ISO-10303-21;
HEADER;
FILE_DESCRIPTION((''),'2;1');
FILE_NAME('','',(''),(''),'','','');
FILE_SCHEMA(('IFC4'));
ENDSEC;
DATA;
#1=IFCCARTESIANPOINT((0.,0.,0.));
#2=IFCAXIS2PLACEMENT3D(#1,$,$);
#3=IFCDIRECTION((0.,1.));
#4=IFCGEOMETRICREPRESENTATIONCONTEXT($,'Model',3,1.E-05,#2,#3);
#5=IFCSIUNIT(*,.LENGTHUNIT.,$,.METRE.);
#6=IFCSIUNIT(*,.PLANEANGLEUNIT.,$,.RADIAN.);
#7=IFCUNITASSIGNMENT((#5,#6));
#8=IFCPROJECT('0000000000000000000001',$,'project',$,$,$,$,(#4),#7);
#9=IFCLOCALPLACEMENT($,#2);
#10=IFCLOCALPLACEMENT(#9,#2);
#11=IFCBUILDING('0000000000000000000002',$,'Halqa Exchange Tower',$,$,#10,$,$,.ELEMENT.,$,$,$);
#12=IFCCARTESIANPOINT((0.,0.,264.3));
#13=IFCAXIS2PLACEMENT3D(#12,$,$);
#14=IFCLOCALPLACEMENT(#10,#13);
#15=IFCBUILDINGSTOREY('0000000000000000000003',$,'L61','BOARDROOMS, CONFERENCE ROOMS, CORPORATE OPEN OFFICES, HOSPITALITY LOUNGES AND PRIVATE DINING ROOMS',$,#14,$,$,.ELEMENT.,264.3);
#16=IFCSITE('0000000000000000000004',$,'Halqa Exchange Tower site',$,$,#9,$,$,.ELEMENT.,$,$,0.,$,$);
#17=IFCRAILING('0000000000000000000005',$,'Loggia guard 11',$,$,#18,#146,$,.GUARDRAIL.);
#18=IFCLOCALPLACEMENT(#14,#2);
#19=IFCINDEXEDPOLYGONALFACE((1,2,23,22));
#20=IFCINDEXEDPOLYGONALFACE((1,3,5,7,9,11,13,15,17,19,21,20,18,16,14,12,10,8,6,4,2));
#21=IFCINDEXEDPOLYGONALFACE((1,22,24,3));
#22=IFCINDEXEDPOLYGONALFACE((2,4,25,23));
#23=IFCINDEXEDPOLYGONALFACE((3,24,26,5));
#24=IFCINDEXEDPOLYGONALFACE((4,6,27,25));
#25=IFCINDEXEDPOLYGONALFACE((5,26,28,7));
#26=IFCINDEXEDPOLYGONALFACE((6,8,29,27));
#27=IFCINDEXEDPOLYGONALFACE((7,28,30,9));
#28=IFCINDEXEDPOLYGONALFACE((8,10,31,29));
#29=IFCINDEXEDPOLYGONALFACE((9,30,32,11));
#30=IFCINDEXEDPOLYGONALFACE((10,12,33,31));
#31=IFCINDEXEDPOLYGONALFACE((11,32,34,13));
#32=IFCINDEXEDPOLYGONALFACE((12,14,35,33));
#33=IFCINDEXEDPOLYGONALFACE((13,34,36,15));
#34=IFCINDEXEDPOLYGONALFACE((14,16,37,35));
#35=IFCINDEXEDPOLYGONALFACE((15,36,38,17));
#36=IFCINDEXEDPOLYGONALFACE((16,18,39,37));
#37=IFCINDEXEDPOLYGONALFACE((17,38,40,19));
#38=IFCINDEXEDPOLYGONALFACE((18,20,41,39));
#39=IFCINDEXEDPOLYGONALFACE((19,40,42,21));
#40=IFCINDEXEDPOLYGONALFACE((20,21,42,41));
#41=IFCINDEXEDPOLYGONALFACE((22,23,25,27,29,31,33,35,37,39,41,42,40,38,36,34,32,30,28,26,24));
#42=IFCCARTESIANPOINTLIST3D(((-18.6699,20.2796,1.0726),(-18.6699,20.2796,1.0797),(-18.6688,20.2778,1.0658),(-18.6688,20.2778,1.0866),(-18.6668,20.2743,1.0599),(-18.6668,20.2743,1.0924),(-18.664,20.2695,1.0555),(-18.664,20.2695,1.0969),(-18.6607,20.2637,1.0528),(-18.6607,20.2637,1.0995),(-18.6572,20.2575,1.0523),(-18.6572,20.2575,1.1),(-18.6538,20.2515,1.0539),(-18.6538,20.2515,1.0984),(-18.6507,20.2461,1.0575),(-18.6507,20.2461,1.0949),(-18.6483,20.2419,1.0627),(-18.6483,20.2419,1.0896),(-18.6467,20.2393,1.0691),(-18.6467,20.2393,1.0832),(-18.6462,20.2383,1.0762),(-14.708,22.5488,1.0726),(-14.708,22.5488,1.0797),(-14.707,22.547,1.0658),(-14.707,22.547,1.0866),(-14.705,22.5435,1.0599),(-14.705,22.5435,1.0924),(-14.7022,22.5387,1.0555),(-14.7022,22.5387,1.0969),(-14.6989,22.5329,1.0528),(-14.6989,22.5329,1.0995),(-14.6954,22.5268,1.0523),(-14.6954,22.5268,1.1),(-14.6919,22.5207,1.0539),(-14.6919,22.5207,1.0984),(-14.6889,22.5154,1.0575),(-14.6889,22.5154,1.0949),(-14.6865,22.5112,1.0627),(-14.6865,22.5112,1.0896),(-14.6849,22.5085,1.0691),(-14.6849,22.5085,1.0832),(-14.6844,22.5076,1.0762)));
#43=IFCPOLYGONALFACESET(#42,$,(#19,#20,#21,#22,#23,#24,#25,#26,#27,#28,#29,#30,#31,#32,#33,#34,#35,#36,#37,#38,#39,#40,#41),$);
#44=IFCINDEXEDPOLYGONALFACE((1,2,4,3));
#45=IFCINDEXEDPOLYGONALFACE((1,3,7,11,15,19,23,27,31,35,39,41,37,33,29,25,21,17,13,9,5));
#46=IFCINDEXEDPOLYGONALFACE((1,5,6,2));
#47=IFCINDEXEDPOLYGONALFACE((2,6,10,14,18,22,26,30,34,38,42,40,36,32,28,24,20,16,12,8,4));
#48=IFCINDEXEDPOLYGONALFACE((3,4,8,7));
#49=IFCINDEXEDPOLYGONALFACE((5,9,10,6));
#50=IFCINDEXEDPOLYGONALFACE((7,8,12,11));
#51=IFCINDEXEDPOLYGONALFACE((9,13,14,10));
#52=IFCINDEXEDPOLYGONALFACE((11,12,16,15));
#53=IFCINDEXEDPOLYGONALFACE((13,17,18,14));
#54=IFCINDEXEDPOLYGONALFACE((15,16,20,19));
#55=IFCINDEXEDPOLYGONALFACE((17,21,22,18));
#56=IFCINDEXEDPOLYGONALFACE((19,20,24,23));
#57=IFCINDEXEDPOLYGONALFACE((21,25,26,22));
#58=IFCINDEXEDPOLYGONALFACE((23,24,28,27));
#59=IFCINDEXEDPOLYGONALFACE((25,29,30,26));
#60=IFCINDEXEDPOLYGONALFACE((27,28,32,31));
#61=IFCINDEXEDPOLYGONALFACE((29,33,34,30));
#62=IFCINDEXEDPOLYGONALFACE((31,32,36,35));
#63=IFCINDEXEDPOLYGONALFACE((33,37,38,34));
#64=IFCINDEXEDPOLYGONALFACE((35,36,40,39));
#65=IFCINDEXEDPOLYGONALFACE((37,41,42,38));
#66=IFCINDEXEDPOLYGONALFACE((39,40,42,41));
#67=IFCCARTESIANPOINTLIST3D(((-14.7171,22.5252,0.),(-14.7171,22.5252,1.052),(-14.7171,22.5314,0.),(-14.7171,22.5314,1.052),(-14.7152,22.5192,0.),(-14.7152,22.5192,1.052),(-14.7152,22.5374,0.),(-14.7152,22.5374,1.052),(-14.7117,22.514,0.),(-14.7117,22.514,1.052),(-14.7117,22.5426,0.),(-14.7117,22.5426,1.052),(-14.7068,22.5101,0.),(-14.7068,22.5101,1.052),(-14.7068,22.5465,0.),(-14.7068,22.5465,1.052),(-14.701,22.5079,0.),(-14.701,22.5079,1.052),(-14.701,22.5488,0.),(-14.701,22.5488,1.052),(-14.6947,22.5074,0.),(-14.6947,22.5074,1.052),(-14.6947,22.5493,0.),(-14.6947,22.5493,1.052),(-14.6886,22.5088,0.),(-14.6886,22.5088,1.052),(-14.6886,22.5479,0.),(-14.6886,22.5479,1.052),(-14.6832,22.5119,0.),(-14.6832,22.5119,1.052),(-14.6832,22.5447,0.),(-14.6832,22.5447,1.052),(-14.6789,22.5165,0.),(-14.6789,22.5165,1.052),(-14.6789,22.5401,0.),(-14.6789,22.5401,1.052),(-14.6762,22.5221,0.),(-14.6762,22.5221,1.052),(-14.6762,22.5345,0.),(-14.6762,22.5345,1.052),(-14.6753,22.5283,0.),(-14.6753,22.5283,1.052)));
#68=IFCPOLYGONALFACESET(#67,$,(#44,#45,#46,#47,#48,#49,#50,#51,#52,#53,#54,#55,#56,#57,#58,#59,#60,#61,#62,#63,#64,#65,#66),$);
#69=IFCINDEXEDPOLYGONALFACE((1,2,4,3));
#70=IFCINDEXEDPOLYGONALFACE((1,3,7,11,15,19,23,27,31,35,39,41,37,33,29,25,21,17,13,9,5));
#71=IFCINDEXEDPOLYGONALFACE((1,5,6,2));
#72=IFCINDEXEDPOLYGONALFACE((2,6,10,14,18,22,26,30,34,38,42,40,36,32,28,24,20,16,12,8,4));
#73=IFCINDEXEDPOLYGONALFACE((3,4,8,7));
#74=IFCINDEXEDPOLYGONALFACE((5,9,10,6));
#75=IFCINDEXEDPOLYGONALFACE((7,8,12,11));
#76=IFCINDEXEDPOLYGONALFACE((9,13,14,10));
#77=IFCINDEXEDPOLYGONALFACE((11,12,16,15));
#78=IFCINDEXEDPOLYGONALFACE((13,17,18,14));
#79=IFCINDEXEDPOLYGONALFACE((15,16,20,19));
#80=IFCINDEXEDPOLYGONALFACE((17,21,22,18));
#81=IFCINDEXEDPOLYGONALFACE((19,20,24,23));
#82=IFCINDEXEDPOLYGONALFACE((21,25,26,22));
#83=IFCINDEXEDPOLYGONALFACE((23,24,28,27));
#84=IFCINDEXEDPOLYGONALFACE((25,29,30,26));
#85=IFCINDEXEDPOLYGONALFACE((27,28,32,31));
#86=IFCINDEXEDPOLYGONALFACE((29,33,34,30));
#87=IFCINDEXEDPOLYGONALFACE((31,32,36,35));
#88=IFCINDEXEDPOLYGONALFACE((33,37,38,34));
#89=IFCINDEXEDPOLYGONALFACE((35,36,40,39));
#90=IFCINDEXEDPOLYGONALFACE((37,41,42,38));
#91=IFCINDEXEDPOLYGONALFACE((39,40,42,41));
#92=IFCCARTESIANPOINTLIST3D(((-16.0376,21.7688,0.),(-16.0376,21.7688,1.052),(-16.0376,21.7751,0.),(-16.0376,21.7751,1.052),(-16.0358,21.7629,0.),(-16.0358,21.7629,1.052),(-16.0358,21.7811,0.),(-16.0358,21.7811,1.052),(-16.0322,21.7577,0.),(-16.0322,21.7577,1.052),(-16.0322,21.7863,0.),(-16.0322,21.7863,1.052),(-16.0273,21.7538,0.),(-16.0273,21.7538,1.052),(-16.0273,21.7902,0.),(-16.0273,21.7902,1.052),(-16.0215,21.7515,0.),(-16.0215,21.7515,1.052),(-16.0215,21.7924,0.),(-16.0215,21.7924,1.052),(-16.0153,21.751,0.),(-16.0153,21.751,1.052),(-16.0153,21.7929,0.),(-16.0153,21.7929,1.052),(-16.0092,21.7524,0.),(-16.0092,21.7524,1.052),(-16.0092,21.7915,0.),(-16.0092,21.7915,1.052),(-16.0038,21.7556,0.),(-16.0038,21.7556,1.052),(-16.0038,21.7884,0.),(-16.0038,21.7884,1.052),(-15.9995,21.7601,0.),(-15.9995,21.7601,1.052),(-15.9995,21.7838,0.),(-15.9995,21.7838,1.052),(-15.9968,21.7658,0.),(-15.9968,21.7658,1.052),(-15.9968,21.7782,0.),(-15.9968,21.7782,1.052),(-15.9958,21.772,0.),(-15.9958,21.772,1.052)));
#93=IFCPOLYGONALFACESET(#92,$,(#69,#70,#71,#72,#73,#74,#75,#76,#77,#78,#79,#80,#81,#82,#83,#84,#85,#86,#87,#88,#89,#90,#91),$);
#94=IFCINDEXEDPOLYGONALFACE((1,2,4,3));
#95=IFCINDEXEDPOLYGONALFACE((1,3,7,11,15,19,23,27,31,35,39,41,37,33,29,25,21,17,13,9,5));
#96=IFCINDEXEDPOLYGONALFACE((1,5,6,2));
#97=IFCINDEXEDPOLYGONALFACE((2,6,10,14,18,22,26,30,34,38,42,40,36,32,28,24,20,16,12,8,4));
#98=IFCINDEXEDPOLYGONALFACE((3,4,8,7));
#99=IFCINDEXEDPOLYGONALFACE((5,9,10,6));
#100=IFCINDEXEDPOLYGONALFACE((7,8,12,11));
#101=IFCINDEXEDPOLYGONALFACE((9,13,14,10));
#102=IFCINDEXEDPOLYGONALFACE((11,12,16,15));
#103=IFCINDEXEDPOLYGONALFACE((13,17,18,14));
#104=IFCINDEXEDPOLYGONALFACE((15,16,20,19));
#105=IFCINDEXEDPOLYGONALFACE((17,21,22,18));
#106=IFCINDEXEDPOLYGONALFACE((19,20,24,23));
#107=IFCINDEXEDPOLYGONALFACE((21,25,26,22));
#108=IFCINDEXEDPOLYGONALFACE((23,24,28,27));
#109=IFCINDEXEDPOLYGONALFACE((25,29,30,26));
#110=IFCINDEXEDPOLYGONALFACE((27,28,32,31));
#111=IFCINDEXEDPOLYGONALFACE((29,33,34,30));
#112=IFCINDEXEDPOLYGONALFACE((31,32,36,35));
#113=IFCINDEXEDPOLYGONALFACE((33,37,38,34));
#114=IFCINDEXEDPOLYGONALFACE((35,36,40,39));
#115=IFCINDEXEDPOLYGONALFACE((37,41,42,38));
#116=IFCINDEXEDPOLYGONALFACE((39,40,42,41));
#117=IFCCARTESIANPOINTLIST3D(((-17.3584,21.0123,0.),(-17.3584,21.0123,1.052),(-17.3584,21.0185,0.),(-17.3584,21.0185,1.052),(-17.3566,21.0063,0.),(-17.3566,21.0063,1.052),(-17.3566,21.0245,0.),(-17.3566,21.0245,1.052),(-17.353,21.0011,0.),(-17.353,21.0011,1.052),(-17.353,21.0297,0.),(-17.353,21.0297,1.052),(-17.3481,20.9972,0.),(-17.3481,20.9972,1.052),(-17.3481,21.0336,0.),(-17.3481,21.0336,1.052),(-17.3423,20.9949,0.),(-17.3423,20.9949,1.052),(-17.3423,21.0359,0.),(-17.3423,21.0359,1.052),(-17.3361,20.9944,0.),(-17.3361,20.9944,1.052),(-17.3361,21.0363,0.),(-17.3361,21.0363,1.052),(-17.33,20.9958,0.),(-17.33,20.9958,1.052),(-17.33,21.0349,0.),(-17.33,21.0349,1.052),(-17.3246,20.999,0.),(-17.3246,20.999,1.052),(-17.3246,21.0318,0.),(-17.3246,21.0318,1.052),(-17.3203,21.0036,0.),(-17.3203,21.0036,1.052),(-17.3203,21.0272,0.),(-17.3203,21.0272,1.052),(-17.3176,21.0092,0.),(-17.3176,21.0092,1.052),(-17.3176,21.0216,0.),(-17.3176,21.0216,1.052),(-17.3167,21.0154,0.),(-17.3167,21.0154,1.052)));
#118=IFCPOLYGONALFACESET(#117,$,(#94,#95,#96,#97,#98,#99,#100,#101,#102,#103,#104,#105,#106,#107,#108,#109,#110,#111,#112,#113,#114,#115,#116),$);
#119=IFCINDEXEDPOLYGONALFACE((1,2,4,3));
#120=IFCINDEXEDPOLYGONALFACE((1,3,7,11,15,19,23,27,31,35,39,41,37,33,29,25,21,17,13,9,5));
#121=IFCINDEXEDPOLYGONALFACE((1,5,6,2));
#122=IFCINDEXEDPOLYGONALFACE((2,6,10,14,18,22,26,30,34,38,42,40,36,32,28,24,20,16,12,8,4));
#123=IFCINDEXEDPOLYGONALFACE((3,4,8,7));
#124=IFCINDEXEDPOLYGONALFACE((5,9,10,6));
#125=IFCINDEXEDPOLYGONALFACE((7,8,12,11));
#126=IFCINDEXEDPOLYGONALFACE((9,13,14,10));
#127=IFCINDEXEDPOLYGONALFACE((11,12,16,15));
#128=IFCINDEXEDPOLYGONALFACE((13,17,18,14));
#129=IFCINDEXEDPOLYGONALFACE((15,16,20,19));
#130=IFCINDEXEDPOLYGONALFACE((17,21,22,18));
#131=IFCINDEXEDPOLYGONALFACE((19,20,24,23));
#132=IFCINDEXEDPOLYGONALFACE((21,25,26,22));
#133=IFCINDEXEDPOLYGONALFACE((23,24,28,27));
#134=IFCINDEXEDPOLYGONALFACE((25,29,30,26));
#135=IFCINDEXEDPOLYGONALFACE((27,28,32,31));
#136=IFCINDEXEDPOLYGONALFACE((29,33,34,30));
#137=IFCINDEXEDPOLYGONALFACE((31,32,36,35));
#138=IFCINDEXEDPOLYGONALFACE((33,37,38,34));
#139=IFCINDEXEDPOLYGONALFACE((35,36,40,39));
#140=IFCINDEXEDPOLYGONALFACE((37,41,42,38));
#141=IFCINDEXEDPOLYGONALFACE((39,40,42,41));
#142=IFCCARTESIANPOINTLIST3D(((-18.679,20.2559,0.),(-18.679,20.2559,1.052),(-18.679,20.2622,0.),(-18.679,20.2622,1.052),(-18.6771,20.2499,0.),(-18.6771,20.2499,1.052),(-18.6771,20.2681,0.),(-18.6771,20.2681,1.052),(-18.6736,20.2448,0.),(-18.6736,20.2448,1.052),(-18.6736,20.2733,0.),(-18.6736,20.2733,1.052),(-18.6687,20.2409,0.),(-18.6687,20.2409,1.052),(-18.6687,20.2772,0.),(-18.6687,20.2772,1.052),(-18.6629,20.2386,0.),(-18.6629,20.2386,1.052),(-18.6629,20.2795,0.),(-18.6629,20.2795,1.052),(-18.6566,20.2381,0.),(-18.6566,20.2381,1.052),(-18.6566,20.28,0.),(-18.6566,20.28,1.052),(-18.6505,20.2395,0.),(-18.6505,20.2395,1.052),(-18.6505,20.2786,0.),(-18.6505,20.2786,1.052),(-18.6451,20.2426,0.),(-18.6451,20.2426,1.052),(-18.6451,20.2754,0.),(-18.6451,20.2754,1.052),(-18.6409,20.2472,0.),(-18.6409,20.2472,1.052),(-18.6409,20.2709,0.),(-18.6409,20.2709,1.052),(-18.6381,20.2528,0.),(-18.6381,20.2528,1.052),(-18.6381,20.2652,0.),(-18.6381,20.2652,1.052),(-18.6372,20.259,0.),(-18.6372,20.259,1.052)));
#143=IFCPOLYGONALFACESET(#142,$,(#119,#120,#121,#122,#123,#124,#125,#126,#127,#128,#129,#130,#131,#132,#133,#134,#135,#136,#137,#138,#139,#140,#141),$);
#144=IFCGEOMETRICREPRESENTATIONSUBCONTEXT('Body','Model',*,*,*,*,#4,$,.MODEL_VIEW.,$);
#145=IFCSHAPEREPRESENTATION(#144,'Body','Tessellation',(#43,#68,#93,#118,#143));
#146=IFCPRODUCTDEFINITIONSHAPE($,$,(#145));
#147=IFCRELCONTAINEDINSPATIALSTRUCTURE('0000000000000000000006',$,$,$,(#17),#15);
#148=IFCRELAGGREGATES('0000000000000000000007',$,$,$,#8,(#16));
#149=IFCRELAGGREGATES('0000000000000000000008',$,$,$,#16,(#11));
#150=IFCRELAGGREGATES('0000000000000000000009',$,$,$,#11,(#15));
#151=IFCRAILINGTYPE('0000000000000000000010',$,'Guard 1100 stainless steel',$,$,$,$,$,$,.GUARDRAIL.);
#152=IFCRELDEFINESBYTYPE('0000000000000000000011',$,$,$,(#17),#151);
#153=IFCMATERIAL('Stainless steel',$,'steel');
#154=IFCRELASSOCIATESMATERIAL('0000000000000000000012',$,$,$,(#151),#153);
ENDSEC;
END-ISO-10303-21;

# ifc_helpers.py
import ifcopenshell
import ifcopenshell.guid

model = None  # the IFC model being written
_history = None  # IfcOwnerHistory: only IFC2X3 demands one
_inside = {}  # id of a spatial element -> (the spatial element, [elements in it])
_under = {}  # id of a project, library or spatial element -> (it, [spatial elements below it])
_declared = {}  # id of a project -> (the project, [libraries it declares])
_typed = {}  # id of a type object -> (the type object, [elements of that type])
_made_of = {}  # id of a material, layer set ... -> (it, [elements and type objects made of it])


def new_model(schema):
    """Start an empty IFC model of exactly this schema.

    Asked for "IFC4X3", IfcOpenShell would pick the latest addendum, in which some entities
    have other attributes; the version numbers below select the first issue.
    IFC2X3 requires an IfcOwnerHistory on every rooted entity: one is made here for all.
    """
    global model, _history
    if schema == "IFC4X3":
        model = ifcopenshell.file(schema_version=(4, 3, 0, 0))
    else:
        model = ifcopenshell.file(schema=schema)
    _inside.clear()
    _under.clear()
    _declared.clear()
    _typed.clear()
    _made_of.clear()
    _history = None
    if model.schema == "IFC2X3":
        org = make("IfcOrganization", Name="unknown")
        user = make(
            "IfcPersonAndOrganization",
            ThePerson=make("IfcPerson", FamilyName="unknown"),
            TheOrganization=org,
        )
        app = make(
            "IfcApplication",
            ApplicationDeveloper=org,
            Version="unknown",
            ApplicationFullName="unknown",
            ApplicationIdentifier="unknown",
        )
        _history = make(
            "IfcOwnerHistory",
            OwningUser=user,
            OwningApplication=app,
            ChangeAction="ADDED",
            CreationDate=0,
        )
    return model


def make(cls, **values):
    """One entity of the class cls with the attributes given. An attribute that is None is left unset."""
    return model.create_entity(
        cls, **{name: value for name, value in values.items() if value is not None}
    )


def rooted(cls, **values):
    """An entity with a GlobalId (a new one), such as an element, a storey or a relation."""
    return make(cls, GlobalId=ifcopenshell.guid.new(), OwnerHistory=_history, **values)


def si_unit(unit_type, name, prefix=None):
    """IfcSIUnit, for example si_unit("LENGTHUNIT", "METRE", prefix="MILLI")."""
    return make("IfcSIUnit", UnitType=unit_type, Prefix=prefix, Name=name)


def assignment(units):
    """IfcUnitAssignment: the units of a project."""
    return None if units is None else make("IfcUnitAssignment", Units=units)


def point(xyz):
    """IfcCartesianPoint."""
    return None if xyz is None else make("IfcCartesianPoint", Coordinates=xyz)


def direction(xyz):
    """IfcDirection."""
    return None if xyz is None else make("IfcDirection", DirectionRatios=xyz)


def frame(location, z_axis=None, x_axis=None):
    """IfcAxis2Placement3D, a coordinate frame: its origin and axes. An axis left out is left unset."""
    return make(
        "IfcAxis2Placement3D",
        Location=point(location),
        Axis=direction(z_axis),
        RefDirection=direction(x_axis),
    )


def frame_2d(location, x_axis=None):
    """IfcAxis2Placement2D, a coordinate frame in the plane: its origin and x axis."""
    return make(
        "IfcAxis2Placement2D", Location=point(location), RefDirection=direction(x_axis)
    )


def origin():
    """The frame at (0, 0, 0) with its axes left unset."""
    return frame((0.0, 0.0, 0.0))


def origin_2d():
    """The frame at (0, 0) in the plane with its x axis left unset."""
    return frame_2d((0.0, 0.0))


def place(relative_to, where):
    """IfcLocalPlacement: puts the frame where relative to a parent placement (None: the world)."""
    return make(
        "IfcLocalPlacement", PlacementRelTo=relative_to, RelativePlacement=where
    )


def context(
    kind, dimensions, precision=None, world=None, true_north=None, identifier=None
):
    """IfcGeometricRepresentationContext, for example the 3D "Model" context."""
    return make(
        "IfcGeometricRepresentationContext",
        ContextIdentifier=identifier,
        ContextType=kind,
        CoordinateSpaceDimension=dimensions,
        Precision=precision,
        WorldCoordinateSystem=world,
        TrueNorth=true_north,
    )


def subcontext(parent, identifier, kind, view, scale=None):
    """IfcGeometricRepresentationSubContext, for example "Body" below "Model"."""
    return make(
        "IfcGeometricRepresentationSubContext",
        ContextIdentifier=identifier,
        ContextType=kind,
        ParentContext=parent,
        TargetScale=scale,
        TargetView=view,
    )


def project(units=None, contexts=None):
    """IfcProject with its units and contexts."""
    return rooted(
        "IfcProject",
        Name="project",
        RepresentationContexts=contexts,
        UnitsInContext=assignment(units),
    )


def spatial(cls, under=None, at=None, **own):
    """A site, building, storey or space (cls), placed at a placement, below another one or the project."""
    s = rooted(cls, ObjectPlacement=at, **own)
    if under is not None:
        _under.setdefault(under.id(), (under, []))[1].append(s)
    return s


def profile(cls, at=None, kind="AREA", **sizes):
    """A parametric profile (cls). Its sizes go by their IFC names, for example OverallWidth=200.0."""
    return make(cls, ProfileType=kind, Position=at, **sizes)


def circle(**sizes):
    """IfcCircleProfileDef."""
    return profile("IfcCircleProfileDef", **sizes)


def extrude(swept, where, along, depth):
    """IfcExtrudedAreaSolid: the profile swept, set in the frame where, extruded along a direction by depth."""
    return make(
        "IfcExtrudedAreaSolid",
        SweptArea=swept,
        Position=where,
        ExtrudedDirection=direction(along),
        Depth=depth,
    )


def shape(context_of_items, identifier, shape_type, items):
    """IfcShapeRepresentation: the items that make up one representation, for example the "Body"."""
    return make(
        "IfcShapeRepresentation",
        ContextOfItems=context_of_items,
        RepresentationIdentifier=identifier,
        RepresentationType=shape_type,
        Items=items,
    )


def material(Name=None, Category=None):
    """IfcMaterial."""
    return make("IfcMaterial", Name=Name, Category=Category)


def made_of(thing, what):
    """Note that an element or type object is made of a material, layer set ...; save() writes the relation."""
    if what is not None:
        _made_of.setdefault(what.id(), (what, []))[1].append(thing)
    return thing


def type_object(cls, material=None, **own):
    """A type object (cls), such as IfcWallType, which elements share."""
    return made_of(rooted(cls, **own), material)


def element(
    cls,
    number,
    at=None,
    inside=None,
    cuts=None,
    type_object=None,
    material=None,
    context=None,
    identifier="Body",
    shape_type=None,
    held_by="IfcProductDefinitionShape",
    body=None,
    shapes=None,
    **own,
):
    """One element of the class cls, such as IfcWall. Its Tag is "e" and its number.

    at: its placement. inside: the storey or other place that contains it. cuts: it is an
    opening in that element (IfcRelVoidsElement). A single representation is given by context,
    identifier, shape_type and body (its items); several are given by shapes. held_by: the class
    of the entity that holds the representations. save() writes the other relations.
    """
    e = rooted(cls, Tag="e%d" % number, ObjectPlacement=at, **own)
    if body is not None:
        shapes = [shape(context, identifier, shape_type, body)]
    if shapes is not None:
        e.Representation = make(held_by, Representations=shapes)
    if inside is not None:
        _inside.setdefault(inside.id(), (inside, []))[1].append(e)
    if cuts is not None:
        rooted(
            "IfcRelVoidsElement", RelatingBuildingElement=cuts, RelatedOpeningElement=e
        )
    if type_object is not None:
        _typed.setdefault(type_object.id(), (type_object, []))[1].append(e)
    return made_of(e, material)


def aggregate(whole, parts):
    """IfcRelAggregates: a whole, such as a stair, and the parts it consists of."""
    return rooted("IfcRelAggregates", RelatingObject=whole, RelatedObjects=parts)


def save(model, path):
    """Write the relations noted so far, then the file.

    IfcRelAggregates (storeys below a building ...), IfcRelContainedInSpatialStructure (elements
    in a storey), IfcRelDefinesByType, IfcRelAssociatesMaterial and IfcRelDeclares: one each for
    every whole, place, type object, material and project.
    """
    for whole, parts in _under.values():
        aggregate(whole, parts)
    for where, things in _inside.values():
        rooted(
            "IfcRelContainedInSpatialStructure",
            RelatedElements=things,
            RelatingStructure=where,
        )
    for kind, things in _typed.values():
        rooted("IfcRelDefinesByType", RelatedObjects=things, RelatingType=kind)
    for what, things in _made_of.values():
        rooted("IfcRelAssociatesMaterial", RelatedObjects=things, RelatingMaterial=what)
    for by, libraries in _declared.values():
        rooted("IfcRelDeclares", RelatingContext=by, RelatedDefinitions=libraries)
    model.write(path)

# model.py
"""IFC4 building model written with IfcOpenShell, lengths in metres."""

from ifc_helpers import new_model, si_unit, direction, frame, origin, origin_2d, place, context, subcontext, project, spatial, circle, extrude, material, type_object, element, save


model = new_model("IFC4")

# Units and contexts
model_context = context("Model", 3, precision=1e-05, world=origin(), true_north=direction((0.0, 1.0)))
body_context = subcontext(model_context, "Body", "Model", "MODEL_VIEW")
ifc_project = project(units=[si_unit("LENGTHUNIT", "METRE"), si_unit("PLANEANGLEUNIT", "RADIAN")], contexts=[model_context])

# Site, building, storey
site_placement = place(None, origin())
site = spatial("IfcSite", under=ifc_project, at=site_placement, Name="Halqa Exchange Tower site", CompositionType="ELEMENT", RefElevation=0.0)
building_placement = place(site_placement, origin())
building = spatial("IfcBuilding", under=site, at=building_placement, Name="Halqa Exchange Tower", CompositionType="ELEMENT")
storey_placement = place(building_placement, frame((0.0, 0.0, 264.3)))
storey = spatial("IfcBuildingStorey", under=building, at=storey_placement, Name="L61", Description="BOARDROOMS, CONFERENCE ROOMS, CORPORATE OPEN OFFICES, HOSPITALITY LOUNGES AND PRIVATE DINING ROOMS", CompositionType="ELEMENT", Elevation=264.3)

# Railing
ifc_material_1 = material(Name="Stainless steel", Category="steel")
railing_type = type_object("IfcRailingType", Name="Guard 1100 stainless steel", PredefinedType="GUARDRAIL", material=ifc_material_1)
railing_1_placement = place(storey_placement, frame((-14.6963, 22.5283, 0.0)))
element("IfcRailing", 1, at=railing_1_placement, inside=storey, type_object=railing_type, Name="Loggia guard 11", PredefinedType="GUARDRAIL", context=body_context, shape_type="SweptSolid", body=[
    extrude(circle(Radius=0.0239, at=origin_2d()), frame((0.0, 0.0, 1.0762), z_axis=(-0.867739, -0.49702, 0.0), x_axis=(0.49702, -0.867739, 0.0)), (0.0, 0.0, 1.0), 4.5657),
    extrude(circle(Radius=0.021, at=origin_2d()), origin(), (0.0, 0.0, 1.0), 1.052),
    extrude(circle(Radius=0.021, at=origin_2d()), frame((-1.3206, -0.7563, 0.0)), (0.0, 0.0, 1.0), 1.052),
    extrude(circle(Radius=0.021, at=origin_2d()), frame((-2.6414, -1.5129, 0.0)), (0.0, 0.0, 1.0), 1.052),
    extrude(circle(Radius=0.021, at=origin_2d()), frame((-3.9619, -2.2693, 0.0)), (0.0, 0.0, 1.0), 1.052),
])

save(model, "model.ifc")
